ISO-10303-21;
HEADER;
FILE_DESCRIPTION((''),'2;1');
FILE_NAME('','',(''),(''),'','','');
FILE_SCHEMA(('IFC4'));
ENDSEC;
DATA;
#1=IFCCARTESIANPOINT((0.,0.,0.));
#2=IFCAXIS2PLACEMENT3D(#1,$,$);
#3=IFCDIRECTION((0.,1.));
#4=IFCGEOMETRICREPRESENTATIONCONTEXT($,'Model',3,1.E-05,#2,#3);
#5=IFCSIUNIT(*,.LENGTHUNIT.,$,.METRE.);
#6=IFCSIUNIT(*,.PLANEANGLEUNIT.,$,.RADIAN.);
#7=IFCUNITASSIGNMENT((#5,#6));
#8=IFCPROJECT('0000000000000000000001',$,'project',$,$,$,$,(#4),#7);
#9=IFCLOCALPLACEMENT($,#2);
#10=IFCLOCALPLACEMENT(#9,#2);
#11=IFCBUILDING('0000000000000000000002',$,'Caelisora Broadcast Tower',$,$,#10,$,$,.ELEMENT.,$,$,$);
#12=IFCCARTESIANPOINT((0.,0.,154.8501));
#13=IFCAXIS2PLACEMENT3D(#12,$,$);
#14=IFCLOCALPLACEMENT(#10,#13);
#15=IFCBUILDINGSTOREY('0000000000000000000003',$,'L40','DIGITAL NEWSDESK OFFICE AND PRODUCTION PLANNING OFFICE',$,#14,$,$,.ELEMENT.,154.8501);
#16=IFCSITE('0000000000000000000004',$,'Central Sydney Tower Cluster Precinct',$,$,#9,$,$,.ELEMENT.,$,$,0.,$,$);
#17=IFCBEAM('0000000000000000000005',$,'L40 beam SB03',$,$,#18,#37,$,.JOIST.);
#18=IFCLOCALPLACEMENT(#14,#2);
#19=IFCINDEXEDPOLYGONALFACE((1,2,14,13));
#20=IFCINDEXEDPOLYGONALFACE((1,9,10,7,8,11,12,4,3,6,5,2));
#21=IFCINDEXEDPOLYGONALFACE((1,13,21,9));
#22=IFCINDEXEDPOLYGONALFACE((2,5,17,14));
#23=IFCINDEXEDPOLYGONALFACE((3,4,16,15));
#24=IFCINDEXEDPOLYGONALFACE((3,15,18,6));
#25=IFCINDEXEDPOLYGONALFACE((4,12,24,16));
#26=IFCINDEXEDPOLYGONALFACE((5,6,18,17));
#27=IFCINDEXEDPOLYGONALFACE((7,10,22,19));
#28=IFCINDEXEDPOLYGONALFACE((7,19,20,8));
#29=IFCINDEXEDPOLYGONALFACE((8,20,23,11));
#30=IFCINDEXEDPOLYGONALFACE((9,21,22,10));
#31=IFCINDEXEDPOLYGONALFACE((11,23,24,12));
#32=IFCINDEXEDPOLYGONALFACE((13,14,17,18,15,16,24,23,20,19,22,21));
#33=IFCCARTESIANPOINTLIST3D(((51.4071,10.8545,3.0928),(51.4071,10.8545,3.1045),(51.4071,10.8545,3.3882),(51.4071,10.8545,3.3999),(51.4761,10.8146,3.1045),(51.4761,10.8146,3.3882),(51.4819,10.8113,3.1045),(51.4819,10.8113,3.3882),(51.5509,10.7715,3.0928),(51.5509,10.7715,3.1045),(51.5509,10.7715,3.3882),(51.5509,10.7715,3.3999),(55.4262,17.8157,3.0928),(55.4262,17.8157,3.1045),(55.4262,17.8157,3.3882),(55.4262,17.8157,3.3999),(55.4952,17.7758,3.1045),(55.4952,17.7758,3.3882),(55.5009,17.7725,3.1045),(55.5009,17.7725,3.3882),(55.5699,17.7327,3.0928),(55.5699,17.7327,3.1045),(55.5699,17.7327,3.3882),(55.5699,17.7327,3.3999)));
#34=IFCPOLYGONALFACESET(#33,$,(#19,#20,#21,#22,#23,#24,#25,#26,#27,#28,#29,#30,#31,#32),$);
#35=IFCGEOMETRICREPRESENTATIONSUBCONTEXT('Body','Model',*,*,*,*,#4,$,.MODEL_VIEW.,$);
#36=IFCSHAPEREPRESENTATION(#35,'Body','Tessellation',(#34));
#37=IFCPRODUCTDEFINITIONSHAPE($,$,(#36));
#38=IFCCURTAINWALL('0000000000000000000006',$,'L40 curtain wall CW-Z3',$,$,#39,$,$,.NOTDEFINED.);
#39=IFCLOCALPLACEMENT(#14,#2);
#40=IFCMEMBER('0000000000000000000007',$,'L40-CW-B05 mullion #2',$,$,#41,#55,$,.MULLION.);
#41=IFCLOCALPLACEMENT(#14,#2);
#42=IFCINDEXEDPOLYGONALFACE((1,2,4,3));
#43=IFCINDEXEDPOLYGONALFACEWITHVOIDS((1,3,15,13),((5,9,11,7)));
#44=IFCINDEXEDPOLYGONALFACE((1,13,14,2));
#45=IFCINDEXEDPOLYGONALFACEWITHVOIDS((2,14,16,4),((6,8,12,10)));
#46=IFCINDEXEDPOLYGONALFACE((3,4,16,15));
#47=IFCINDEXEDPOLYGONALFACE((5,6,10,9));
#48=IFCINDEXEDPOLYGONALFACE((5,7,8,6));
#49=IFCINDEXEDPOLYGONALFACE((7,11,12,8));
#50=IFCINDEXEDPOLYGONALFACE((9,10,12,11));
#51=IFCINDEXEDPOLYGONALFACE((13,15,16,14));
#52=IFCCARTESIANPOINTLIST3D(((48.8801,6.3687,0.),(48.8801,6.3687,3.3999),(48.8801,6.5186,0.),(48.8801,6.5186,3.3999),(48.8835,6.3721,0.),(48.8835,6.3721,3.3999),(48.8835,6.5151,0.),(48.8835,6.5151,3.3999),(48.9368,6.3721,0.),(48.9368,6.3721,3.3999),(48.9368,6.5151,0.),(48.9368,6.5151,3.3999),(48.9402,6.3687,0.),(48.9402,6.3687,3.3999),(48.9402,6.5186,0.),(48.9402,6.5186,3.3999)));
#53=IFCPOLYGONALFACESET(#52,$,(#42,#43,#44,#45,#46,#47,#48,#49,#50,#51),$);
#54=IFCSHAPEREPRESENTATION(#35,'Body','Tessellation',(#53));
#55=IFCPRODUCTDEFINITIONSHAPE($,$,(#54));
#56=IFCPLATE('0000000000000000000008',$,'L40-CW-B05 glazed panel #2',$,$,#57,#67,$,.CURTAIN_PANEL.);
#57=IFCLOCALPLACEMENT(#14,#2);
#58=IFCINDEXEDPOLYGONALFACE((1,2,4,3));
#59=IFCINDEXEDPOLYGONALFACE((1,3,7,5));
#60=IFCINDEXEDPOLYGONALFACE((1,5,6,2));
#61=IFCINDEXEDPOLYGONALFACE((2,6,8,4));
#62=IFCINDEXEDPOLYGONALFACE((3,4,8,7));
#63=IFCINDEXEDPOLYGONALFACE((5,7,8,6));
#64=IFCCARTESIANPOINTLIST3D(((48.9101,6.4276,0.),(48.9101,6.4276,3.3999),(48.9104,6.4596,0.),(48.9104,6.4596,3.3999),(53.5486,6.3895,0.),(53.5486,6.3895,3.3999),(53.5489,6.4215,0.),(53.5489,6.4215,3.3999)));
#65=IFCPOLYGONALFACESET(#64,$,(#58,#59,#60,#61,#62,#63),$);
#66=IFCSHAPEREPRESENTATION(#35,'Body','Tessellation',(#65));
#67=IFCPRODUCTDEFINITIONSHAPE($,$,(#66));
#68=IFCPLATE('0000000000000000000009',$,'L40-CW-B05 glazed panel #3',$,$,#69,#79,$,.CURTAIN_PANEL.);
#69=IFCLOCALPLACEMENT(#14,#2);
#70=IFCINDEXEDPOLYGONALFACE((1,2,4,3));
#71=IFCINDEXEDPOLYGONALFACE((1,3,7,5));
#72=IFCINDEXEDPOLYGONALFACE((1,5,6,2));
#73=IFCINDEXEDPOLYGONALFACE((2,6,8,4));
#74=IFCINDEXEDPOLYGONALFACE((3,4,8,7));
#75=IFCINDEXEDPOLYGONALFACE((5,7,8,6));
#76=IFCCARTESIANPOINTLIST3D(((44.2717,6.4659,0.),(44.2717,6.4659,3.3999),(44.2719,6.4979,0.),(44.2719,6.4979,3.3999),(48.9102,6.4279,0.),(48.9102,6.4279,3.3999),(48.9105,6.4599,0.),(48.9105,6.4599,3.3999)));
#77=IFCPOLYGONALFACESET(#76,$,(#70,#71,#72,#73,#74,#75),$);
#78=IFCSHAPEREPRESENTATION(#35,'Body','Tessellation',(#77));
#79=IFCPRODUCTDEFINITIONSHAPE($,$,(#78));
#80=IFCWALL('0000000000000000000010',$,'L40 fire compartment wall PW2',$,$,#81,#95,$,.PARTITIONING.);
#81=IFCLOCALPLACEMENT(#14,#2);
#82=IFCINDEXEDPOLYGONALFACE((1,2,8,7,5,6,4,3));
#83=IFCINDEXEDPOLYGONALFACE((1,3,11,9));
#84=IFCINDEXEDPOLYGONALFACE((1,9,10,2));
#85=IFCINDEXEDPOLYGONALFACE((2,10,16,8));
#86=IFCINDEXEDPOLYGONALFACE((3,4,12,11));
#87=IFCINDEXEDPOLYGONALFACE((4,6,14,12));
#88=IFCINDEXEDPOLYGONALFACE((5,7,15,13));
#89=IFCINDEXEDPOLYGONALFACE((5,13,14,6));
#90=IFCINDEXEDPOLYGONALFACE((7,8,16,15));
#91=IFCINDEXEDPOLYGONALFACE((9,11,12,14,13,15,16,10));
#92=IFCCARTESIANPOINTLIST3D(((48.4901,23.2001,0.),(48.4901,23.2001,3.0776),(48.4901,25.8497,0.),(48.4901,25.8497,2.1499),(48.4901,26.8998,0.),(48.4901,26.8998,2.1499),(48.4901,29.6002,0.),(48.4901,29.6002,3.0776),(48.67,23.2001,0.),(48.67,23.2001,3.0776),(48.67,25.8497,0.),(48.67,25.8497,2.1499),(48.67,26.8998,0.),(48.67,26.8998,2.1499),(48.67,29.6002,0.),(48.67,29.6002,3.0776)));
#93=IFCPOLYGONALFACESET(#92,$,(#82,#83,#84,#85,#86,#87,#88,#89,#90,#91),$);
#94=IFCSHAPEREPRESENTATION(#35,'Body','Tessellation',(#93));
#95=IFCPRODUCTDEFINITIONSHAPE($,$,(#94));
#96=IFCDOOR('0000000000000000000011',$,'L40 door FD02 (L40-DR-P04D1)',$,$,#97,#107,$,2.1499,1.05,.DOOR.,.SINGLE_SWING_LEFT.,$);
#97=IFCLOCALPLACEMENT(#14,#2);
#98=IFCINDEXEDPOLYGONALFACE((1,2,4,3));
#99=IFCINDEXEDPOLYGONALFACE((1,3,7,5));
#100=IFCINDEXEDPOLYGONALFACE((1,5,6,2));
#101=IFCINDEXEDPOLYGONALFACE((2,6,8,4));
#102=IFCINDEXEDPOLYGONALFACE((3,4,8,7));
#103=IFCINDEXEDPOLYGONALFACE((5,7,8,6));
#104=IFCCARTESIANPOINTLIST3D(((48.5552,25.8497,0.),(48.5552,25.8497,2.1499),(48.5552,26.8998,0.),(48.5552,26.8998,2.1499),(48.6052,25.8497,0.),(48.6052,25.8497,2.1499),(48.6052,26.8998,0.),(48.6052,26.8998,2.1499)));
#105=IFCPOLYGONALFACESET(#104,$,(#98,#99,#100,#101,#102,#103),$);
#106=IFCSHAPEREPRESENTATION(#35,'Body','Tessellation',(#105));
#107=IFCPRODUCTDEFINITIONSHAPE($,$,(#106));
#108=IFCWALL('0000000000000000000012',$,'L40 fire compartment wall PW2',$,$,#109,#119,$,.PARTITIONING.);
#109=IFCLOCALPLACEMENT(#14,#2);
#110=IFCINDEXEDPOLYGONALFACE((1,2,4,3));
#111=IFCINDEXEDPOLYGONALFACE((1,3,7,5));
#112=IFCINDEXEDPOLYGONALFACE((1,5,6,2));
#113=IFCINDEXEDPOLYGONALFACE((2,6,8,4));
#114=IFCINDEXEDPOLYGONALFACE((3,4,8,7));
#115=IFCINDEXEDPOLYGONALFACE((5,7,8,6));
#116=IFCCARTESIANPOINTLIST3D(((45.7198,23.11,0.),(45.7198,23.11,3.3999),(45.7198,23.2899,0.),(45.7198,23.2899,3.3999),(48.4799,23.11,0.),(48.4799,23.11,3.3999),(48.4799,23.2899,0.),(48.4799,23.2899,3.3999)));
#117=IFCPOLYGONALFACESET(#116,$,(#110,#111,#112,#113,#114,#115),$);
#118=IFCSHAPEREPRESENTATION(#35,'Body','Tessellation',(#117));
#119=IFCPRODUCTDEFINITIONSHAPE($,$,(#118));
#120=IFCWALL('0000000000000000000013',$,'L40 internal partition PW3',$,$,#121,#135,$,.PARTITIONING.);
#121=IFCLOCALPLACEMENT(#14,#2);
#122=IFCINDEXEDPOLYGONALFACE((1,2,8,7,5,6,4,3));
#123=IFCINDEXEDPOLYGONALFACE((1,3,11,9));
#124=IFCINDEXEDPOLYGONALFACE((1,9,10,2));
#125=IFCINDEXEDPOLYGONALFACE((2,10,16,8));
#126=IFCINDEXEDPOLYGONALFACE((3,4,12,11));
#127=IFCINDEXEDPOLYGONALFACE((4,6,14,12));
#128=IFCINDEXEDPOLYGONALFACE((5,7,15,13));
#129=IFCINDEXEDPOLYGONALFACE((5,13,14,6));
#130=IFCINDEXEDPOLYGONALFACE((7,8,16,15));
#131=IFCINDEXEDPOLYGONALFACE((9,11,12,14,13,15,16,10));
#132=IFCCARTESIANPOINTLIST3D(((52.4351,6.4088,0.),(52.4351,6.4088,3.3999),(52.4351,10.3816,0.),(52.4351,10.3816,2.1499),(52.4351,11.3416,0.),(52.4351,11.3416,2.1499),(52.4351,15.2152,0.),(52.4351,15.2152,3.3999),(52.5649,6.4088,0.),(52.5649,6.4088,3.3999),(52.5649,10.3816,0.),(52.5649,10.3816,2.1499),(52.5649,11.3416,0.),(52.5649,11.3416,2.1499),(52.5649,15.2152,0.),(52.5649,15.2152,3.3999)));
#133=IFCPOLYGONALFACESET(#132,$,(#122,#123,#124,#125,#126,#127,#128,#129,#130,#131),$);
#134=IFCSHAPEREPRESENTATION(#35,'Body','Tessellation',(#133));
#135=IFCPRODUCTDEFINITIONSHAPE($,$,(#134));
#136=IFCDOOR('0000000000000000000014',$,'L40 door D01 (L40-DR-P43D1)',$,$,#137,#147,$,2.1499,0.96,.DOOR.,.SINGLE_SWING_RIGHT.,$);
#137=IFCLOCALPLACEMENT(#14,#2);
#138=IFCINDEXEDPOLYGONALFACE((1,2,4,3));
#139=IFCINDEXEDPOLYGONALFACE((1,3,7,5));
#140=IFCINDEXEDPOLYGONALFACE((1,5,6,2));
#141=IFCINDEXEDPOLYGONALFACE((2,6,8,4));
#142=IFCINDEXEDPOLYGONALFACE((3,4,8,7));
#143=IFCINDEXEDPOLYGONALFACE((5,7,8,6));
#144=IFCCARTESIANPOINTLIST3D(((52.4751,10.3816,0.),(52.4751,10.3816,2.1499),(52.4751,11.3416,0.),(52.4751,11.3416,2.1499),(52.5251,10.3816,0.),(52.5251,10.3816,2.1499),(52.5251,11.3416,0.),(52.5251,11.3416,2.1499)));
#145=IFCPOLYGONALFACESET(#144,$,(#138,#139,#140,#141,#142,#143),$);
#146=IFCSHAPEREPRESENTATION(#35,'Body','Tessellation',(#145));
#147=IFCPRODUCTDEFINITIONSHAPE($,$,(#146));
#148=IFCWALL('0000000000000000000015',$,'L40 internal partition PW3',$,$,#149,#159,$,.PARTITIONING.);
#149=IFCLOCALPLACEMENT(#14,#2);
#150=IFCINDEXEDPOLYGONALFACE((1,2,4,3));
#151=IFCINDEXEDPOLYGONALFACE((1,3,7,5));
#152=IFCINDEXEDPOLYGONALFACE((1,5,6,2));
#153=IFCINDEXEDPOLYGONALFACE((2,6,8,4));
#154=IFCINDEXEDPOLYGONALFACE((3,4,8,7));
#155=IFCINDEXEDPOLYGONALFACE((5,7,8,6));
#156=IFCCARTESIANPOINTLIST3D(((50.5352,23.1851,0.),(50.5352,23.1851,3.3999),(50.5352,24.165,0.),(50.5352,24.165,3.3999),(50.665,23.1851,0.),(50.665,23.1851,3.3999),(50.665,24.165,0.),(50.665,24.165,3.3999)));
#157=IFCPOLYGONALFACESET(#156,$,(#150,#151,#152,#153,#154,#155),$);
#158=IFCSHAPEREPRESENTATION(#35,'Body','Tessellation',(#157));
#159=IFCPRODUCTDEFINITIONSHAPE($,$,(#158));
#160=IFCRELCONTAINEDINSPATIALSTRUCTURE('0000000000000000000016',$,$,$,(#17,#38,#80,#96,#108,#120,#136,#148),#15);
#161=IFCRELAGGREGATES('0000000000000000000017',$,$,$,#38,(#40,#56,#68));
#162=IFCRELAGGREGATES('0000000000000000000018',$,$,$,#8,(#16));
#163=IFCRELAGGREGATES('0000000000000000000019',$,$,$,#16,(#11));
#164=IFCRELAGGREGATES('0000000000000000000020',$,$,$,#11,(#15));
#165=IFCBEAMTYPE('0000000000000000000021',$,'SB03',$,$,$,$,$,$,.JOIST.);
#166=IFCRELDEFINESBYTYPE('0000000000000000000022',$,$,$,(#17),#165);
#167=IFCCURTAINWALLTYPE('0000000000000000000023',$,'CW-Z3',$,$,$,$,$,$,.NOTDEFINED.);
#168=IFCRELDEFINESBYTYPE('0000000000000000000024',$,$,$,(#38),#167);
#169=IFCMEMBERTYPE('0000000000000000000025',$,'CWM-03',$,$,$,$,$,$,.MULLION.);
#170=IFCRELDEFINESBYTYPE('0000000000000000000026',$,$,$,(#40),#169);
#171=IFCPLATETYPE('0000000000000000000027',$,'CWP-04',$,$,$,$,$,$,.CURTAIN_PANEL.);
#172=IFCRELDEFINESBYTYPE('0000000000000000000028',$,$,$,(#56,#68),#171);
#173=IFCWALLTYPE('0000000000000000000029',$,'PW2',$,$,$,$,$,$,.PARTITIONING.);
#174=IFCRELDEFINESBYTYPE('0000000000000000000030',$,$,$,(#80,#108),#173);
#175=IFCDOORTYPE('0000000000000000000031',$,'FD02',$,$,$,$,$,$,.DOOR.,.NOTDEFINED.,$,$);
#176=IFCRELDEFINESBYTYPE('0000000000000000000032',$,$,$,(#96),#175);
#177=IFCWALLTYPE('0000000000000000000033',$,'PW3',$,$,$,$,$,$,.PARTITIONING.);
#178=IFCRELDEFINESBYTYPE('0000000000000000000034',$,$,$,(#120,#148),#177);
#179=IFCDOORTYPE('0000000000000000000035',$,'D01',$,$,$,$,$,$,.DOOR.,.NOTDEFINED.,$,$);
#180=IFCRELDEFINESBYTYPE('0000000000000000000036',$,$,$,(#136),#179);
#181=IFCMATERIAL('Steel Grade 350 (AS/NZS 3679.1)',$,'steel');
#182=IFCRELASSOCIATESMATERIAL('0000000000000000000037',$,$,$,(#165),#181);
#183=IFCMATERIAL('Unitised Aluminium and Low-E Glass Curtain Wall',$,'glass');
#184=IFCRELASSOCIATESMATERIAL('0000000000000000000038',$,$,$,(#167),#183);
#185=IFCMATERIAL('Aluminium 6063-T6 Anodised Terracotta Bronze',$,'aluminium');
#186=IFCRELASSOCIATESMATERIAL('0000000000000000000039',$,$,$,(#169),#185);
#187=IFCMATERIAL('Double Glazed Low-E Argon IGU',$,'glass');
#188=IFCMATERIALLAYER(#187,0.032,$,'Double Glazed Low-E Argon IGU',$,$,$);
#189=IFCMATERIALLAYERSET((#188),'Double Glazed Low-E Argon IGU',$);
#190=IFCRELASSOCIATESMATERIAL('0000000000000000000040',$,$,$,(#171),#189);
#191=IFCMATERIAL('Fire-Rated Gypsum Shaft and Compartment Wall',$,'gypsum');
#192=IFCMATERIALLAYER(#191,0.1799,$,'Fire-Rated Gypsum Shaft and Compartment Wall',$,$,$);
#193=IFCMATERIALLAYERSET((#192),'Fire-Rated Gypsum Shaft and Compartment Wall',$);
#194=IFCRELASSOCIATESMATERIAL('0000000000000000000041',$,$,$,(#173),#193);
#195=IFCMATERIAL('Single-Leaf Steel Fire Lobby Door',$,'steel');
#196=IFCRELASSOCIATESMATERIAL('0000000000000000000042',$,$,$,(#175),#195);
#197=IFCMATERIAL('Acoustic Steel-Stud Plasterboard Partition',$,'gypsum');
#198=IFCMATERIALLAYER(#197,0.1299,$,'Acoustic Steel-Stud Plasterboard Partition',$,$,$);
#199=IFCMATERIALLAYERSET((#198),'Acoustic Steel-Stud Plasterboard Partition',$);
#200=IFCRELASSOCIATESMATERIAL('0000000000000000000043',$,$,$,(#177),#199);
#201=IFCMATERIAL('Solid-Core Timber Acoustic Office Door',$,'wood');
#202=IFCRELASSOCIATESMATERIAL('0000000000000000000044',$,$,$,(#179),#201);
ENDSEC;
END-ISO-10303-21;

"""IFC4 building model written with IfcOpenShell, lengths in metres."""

from ifc_helpers import new_model, si_unit, direction, frame, frame_2d, origin, origin_2d, place, context, subcontext, project, spatial, rectangle, hollow_rectangle, i_section, extrude, source, transform, mapped, material, layer, layer_set, material_profile, profile_set, type_object, type_shapes, element, fill, aggregate, save


model = new_model("IFC4")

# Units and contexts
model_context = context("Model", 3, precision=1e-05, world=origin(), true_north=direction((0.0, 1.0)))
body_context = subcontext(model_context, "Body", "Model", "MODEL_VIEW")
ifc_project = project(units=[si_unit("LENGTHUNIT", "METRE"), si_unit("PLANEANGLEUNIT", "RADIAN")], contexts=[model_context])

# Site, building, storey
site_placement = place(None, origin())
site = spatial("IfcSite", under=ifc_project, at=site_placement, Name="Central Sydney Tower Cluster Precinct", CompositionType="ELEMENT", RefElevation=0.0)
building_placement = place(site_placement, origin())
building = spatial("IfcBuilding", under=site, at=building_placement, Name="Caelisora Broadcast Tower", CompositionType="ELEMENT")
storey_placement = place(building_placement, frame((0.0, 0.0, 154.8501)))
storey = spatial("IfcBuildingStorey", under=building, at=storey_placement, Name="L40", Description="DIGITAL NEWSDESK OFFICE AND PRODUCTION PLANNING OFFICE", CompositionType="ELEMENT", Elevation=154.8501)

# Beam
ifc_material_1 = material(Name="Steel Grade 350 (AS/NZS 3679.1)", Category="steel")
ifc_material_profile_1 = material_profile(ifc_material_1, i_section(OverallWidth=0.166, OverallDepth=0.3071, WebThickness=0.0066, FlangeThickness=0.0117, at=origin_2d()), Name="Steel Grade 350 (AS/NZS 3679.1)")
ifc_profile_set_1 = profile_set([ifc_material_profile_1], Name="Steel Grade 350 (AS/NZS 3679.1)")
beam_type_1 = type_object("IfcBeamType", Name="SB03", PredefinedType="JOIST", material=ifc_profile_set_1)
shared_shape_1 = source(origin(), body_context, "Body", "SweptSolid", [
    extrude(i_section(OverallWidth=0.166, OverallDepth=0.3071, WebThickness=0.0066, FlangeThickness=0.0117, at=origin_2d()), origin(), (0.0, 0.0, 1.0), 8.0381),
])
beam_1_placement = place(storey_placement, frame((51.479, 10.813, 3.2463), z_axis=(0.5, 0.866025, 0.0), x_axis=(-0.866025, 0.5, 0.0)))
element("IfcBeam", 1, at=beam_1_placement, inside=storey, type_object=beam_type_1, Name="L40 beam SB03", PredefinedType="JOIST", context=body_context, shape_type="MappedRepresentation", body=[
    mapped(shared_shape_1, transform((0.0, 0.0, 0.0), scale=1.0)),
])

# Curtain wall, member, plates
ifc_material_2 = material(Name="Unitised Aluminium and Low-E Glass Curtain Wall", Category="glass")
curtain_wall_type = type_object("IfcCurtainWallType", Name="CW-Z3", PredefinedType="NOTDEFINED", material=ifc_material_2)
curtain_wall_placement = place(storey_placement, origin())
curtain_wall = element("IfcCurtainWall", 2, at=curtain_wall_placement, inside=storey, type_object=curtain_wall_type, Name="L40 curtain wall CW-Z3", PredefinedType="NOTDEFINED")
ifc_material_3 = material(Name="Aluminium 6063-T6 Anodised Terracotta Bronze", Category="aluminium")
ifc_material_profile_2 = material_profile(ifc_material_3, hollow_rectangle(XDim=0.0601, YDim=0.1499, WallThickness=0.0034, at=origin_2d()), Name="Aluminium 6063-T6 Anodised Terracotta Bronze")
ifc_profile_set_2 = profile_set([ifc_material_profile_2], Name="Aluminium 6063-T6 Anodised Terracotta Bronze")
member_type = type_object("IfcMemberType", Name="CWM-03", PredefinedType="MULLION", material=ifc_profile_set_2)
shared_shape_2 = source(origin(), body_context, "Body", "SweptSolid", [
    extrude(hollow_rectangle(XDim=0.0601, YDim=0.1499, WallThickness=0.0034, at=origin_2d()), origin(), (0.0, 0.0, 1.0), 3.3999),
])
type_shapes(member_type, [shared_shape_2])
member_placement = place(storey_placement, frame((48.9102, 6.4436, 0.0), z_axis=(0.0, 0.0, 1.0), x_axis=(1.0, 0.0, 0.0)))
member = element("IfcMember", 3, at=member_placement, type_object=member_type, Name="L40-CW-B05 mullion #2", PredefinedType="MULLION", context=body_context, shape_type="MappedRepresentation", body=[
    mapped(shared_shape_2, transform((0.0, 0.0, 0.0), scale=1.0)),
])
ifc_material_4 = material(Name="Double Glazed Low-E Argon IGU", Category="glass")
ifc_layer_1 = layer(ifc_material_4, 0.032, Name="Double Glazed Low-E Argon IGU")
ifc_layer_set_1 = layer_set([ifc_layer_1], Name="Double Glazed Low-E Argon IGU")
plate_type = type_object("IfcPlateType", Name="CWP-04", PredefinedType="CURTAIN_PANEL", material=ifc_layer_set_1)
shared_shape_3 = source(origin(), body_context, "Body", "SweptSolid", [
    extrude(rectangle(XDim=4.6387, YDim=0.032, at=origin_2d()), origin(), (0.0, 0.0, 1.0), 3.3999),
])
type_shapes(plate_type, [shared_shape_3])
plate_1_placement = place(storey_placement, frame((51.2295, 6.4246, 0.0), z_axis=(0.0, 0.0, 1.0), x_axis=(-0.999966, 0.008203, 0.0)))
plate_1 = element("IfcPlate", 4, at=plate_1_placement, type_object=plate_type, Name="L40-CW-B05 glazed panel #2", PredefinedType="CURTAIN_PANEL", context=body_context, shape_type="MappedRepresentation", body=[
    mapped(shared_shape_3, transform((0.0, 0.0, 0.0), scale=1.0)),
])
plate_2_placement = place(storey_placement, frame((46.5911, 6.4629, 0.0), z_axis=(0.0, 0.0, 1.0), x_axis=(-0.999966, 0.008203, 0.0)))
plate_2 = element("IfcPlate", 5, at=plate_2_placement, type_object=plate_type, Name="L40-CW-B05 glazed panel #3", PredefinedType="CURTAIN_PANEL", context=body_context, shape_type="MappedRepresentation", body=[
    mapped(shared_shape_3, transform((0.0, 0.0, 0.0), scale=1.0)),
])
aggregate(curtain_wall, [member, plate_1, plate_2])

# Wall, opening, door
ifc_material_5 = material(Name="Fire-Rated Gypsum Shaft and Compartment Wall", Category="gypsum")
ifc_layer_2 = layer(ifc_material_5, 0.1799, Name="Fire-Rated Gypsum Shaft and Compartment Wall")
ifc_layer_set_2 = layer_set([ifc_layer_2], Name="Fire-Rated Gypsum Shaft and Compartment Wall")
wall_type_1 = type_object("IfcWallType", Name="PW2", PredefinedType="PARTITIONING", material=ifc_layer_set_2)
wall_1_placement = place(storey_placement, frame((48.5801, 23.2, 0.0), z_axis=(0.0, 0.0, 1.0), x_axis=(0.0, 1.0, 0.0)))
wall_1 = element("IfcWall", 6, at=wall_1_placement, inside=storey, type_object=wall_type_1, Name="L40 fire compartment wall PW2", PredefinedType="PARTITIONING", context=body_context, shape_type="SweptSolid", body=[
    extrude(rectangle(XDim=6.4001, YDim=0.1799, at=frame_2d((3.2002, 0.0))), origin(), (0.0, 0.0, 1.0), 3.0776),
])
opening_1_placement = place(wall_1_placement, frame((2.6499, 0.0, 0.0)))
opening_1 = element("IfcOpeningElement", 7, at=opening_1_placement, cuts=wall_1, PredefinedType="OPENING", context=body_context, shape_type="SweptSolid", body=[
    extrude(rectangle(XDim=1.05, YDim=2.1499, at=frame_2d((0.5249, 1.075))), frame((0.0, 0.1021, 0.0), z_axis=(0.0, -1.0, 0.0), x_axis=(1.0, 0.0, 0.0)), (0.0, 0.0, 1.0), 0.2039),
])
ifc_material_6 = material(Name="Single-Leaf Steel Fire Lobby Door", Category="steel")
door_type_1 = type_object("IfcDoorType", Name="FD02", OperationType="NOTDEFINED", PredefinedType="DOOR", material=ifc_material_6)
door_1_placement = place(opening_1_placement, origin())
door_1 = element("IfcDoor", 8, at=door_1_placement, inside=storey, type_object=door_type_1, Name="L40 door FD02 (L40-DR-P04D1)", OperationType="SINGLE_SWING_LEFT", OverallHeight=2.1499, OverallWidth=1.05, PredefinedType="DOOR", context=body_context, shape_type="SweptSolid", body=[
    extrude(rectangle(XDim=1.05, YDim=2.1499, at=frame_2d((0.5249, 1.075))), frame((0.0, 0.0249, 0.0), z_axis=(0.0, -1.0, 0.0), x_axis=(1.0, 0.0, 0.0)), (0.0, 0.0, 1.0), 0.05),
])
fill(opening_1, door_1)

# Wall
wall_2_placement = place(storey_placement, frame((45.72, 23.2, 0.0), z_axis=(0.0, 0.0, 1.0), x_axis=(1.0, 0.0, 0.0)))
element("IfcWall", 9, at=wall_2_placement, inside=storey, type_object=wall_type_1, Name="L40 fire compartment wall PW2", PredefinedType="PARTITIONING", context=body_context, shape_type="SweptSolid", body=[
    extrude(rectangle(XDim=2.76, YDim=0.1799, at=frame_2d((1.3799, 0.0))), origin(), (0.0, 0.0, 1.0), 3.3999),
])

# Wall, opening, door
ifc_material_7 = material(Name="Acoustic Steel-Stud Plasterboard Partition", Category="gypsum")
ifc_layer_3 = layer(ifc_material_7, 0.1299, Name="Acoustic Steel-Stud Plasterboard Partition")
ifc_layer_set_3 = layer_set([ifc_layer_3], Name="Acoustic Steel-Stud Plasterboard Partition")
wall_type_2 = type_object("IfcWallType", Name="PW3", PredefinedType="PARTITIONING", material=ifc_layer_set_3)
wall_3_placement = place(storey_placement, frame((52.5, 6.4087, 0.0), z_axis=(0.0, 0.0, 1.0), x_axis=(0.0, 1.0, 0.0)))
wall_3 = element("IfcWall", 10, at=wall_3_placement, inside=storey, type_object=wall_type_2, Name="L40 internal partition PW3", PredefinedType="PARTITIONING", context=body_context, shape_type="SweptSolid", body=[
    extrude(rectangle(XDim=8.8064, YDim=0.1299, at=frame_2d((4.4033, 0.0))), origin(), (0.0, 0.0, 1.0), 3.3999),
])
opening_2_placement = place(wall_3_placement, frame((3.9729, 0.0, 0.0)))
opening_2 = element("IfcOpeningElement", 11, at=opening_2_placement, cuts=wall_3, PredefinedType="OPENING", context=body_context, shape_type="SweptSolid", body=[
    extrude(rectangle(XDim=0.96, YDim=2.1499, at=frame_2d((0.48, 1.075))), frame((0.0, 0.0769, 0.0), z_axis=(0.0, -1.0, 0.0), x_axis=(1.0, 0.0, 0.0)), (0.0, 0.0, 1.0), 0.1538),
])
ifc_material_8 = material(Name="Solid-Core Timber Acoustic Office Door", Category="wood")
door_type_2 = type_object("IfcDoorType", Name="D01", OperationType="NOTDEFINED", PredefinedType="DOOR", material=ifc_material_8)
door_2_placement = place(opening_2_placement, origin())
door_2 = element("IfcDoor", 12, at=door_2_placement, inside=storey, type_object=door_type_2, Name="L40 door D01 (L40-DR-P43D1)", OperationType="SINGLE_SWING_RIGHT", OverallHeight=2.1499, OverallWidth=0.96, PredefinedType="DOOR", context=body_context, shape_type="SweptSolid", body=[
    extrude(rectangle(XDim=0.96, YDim=2.1499, at=frame_2d((0.48, 1.075))), frame((0.0, 0.0249, 0.0), z_axis=(0.0, -1.0, 0.0), x_axis=(1.0, 0.0, 0.0)), (0.0, 0.0, 1.0), 0.05),
])
fill(opening_2, door_2)

# Wall
wall_4_placement = place(storey_placement, frame((50.6001, 23.1851, 0.0), z_axis=(0.0, 0.0, 1.0), x_axis=(0.0, 1.0, 0.0)))
element("IfcWall", 13, at=wall_4_placement, inside=storey, type_object=wall_type_2, Name="L40 internal partition PW3", PredefinedType="PARTITIONING", context=body_context, shape_type="SweptSolid", body=[
    extrude(rectangle(XDim=0.98, YDim=0.1299, at=frame_2d((0.49, 0.0))), origin(), (0.0, 0.0, 1.0), 3.3999),
])

save(model, "model.ifc")
